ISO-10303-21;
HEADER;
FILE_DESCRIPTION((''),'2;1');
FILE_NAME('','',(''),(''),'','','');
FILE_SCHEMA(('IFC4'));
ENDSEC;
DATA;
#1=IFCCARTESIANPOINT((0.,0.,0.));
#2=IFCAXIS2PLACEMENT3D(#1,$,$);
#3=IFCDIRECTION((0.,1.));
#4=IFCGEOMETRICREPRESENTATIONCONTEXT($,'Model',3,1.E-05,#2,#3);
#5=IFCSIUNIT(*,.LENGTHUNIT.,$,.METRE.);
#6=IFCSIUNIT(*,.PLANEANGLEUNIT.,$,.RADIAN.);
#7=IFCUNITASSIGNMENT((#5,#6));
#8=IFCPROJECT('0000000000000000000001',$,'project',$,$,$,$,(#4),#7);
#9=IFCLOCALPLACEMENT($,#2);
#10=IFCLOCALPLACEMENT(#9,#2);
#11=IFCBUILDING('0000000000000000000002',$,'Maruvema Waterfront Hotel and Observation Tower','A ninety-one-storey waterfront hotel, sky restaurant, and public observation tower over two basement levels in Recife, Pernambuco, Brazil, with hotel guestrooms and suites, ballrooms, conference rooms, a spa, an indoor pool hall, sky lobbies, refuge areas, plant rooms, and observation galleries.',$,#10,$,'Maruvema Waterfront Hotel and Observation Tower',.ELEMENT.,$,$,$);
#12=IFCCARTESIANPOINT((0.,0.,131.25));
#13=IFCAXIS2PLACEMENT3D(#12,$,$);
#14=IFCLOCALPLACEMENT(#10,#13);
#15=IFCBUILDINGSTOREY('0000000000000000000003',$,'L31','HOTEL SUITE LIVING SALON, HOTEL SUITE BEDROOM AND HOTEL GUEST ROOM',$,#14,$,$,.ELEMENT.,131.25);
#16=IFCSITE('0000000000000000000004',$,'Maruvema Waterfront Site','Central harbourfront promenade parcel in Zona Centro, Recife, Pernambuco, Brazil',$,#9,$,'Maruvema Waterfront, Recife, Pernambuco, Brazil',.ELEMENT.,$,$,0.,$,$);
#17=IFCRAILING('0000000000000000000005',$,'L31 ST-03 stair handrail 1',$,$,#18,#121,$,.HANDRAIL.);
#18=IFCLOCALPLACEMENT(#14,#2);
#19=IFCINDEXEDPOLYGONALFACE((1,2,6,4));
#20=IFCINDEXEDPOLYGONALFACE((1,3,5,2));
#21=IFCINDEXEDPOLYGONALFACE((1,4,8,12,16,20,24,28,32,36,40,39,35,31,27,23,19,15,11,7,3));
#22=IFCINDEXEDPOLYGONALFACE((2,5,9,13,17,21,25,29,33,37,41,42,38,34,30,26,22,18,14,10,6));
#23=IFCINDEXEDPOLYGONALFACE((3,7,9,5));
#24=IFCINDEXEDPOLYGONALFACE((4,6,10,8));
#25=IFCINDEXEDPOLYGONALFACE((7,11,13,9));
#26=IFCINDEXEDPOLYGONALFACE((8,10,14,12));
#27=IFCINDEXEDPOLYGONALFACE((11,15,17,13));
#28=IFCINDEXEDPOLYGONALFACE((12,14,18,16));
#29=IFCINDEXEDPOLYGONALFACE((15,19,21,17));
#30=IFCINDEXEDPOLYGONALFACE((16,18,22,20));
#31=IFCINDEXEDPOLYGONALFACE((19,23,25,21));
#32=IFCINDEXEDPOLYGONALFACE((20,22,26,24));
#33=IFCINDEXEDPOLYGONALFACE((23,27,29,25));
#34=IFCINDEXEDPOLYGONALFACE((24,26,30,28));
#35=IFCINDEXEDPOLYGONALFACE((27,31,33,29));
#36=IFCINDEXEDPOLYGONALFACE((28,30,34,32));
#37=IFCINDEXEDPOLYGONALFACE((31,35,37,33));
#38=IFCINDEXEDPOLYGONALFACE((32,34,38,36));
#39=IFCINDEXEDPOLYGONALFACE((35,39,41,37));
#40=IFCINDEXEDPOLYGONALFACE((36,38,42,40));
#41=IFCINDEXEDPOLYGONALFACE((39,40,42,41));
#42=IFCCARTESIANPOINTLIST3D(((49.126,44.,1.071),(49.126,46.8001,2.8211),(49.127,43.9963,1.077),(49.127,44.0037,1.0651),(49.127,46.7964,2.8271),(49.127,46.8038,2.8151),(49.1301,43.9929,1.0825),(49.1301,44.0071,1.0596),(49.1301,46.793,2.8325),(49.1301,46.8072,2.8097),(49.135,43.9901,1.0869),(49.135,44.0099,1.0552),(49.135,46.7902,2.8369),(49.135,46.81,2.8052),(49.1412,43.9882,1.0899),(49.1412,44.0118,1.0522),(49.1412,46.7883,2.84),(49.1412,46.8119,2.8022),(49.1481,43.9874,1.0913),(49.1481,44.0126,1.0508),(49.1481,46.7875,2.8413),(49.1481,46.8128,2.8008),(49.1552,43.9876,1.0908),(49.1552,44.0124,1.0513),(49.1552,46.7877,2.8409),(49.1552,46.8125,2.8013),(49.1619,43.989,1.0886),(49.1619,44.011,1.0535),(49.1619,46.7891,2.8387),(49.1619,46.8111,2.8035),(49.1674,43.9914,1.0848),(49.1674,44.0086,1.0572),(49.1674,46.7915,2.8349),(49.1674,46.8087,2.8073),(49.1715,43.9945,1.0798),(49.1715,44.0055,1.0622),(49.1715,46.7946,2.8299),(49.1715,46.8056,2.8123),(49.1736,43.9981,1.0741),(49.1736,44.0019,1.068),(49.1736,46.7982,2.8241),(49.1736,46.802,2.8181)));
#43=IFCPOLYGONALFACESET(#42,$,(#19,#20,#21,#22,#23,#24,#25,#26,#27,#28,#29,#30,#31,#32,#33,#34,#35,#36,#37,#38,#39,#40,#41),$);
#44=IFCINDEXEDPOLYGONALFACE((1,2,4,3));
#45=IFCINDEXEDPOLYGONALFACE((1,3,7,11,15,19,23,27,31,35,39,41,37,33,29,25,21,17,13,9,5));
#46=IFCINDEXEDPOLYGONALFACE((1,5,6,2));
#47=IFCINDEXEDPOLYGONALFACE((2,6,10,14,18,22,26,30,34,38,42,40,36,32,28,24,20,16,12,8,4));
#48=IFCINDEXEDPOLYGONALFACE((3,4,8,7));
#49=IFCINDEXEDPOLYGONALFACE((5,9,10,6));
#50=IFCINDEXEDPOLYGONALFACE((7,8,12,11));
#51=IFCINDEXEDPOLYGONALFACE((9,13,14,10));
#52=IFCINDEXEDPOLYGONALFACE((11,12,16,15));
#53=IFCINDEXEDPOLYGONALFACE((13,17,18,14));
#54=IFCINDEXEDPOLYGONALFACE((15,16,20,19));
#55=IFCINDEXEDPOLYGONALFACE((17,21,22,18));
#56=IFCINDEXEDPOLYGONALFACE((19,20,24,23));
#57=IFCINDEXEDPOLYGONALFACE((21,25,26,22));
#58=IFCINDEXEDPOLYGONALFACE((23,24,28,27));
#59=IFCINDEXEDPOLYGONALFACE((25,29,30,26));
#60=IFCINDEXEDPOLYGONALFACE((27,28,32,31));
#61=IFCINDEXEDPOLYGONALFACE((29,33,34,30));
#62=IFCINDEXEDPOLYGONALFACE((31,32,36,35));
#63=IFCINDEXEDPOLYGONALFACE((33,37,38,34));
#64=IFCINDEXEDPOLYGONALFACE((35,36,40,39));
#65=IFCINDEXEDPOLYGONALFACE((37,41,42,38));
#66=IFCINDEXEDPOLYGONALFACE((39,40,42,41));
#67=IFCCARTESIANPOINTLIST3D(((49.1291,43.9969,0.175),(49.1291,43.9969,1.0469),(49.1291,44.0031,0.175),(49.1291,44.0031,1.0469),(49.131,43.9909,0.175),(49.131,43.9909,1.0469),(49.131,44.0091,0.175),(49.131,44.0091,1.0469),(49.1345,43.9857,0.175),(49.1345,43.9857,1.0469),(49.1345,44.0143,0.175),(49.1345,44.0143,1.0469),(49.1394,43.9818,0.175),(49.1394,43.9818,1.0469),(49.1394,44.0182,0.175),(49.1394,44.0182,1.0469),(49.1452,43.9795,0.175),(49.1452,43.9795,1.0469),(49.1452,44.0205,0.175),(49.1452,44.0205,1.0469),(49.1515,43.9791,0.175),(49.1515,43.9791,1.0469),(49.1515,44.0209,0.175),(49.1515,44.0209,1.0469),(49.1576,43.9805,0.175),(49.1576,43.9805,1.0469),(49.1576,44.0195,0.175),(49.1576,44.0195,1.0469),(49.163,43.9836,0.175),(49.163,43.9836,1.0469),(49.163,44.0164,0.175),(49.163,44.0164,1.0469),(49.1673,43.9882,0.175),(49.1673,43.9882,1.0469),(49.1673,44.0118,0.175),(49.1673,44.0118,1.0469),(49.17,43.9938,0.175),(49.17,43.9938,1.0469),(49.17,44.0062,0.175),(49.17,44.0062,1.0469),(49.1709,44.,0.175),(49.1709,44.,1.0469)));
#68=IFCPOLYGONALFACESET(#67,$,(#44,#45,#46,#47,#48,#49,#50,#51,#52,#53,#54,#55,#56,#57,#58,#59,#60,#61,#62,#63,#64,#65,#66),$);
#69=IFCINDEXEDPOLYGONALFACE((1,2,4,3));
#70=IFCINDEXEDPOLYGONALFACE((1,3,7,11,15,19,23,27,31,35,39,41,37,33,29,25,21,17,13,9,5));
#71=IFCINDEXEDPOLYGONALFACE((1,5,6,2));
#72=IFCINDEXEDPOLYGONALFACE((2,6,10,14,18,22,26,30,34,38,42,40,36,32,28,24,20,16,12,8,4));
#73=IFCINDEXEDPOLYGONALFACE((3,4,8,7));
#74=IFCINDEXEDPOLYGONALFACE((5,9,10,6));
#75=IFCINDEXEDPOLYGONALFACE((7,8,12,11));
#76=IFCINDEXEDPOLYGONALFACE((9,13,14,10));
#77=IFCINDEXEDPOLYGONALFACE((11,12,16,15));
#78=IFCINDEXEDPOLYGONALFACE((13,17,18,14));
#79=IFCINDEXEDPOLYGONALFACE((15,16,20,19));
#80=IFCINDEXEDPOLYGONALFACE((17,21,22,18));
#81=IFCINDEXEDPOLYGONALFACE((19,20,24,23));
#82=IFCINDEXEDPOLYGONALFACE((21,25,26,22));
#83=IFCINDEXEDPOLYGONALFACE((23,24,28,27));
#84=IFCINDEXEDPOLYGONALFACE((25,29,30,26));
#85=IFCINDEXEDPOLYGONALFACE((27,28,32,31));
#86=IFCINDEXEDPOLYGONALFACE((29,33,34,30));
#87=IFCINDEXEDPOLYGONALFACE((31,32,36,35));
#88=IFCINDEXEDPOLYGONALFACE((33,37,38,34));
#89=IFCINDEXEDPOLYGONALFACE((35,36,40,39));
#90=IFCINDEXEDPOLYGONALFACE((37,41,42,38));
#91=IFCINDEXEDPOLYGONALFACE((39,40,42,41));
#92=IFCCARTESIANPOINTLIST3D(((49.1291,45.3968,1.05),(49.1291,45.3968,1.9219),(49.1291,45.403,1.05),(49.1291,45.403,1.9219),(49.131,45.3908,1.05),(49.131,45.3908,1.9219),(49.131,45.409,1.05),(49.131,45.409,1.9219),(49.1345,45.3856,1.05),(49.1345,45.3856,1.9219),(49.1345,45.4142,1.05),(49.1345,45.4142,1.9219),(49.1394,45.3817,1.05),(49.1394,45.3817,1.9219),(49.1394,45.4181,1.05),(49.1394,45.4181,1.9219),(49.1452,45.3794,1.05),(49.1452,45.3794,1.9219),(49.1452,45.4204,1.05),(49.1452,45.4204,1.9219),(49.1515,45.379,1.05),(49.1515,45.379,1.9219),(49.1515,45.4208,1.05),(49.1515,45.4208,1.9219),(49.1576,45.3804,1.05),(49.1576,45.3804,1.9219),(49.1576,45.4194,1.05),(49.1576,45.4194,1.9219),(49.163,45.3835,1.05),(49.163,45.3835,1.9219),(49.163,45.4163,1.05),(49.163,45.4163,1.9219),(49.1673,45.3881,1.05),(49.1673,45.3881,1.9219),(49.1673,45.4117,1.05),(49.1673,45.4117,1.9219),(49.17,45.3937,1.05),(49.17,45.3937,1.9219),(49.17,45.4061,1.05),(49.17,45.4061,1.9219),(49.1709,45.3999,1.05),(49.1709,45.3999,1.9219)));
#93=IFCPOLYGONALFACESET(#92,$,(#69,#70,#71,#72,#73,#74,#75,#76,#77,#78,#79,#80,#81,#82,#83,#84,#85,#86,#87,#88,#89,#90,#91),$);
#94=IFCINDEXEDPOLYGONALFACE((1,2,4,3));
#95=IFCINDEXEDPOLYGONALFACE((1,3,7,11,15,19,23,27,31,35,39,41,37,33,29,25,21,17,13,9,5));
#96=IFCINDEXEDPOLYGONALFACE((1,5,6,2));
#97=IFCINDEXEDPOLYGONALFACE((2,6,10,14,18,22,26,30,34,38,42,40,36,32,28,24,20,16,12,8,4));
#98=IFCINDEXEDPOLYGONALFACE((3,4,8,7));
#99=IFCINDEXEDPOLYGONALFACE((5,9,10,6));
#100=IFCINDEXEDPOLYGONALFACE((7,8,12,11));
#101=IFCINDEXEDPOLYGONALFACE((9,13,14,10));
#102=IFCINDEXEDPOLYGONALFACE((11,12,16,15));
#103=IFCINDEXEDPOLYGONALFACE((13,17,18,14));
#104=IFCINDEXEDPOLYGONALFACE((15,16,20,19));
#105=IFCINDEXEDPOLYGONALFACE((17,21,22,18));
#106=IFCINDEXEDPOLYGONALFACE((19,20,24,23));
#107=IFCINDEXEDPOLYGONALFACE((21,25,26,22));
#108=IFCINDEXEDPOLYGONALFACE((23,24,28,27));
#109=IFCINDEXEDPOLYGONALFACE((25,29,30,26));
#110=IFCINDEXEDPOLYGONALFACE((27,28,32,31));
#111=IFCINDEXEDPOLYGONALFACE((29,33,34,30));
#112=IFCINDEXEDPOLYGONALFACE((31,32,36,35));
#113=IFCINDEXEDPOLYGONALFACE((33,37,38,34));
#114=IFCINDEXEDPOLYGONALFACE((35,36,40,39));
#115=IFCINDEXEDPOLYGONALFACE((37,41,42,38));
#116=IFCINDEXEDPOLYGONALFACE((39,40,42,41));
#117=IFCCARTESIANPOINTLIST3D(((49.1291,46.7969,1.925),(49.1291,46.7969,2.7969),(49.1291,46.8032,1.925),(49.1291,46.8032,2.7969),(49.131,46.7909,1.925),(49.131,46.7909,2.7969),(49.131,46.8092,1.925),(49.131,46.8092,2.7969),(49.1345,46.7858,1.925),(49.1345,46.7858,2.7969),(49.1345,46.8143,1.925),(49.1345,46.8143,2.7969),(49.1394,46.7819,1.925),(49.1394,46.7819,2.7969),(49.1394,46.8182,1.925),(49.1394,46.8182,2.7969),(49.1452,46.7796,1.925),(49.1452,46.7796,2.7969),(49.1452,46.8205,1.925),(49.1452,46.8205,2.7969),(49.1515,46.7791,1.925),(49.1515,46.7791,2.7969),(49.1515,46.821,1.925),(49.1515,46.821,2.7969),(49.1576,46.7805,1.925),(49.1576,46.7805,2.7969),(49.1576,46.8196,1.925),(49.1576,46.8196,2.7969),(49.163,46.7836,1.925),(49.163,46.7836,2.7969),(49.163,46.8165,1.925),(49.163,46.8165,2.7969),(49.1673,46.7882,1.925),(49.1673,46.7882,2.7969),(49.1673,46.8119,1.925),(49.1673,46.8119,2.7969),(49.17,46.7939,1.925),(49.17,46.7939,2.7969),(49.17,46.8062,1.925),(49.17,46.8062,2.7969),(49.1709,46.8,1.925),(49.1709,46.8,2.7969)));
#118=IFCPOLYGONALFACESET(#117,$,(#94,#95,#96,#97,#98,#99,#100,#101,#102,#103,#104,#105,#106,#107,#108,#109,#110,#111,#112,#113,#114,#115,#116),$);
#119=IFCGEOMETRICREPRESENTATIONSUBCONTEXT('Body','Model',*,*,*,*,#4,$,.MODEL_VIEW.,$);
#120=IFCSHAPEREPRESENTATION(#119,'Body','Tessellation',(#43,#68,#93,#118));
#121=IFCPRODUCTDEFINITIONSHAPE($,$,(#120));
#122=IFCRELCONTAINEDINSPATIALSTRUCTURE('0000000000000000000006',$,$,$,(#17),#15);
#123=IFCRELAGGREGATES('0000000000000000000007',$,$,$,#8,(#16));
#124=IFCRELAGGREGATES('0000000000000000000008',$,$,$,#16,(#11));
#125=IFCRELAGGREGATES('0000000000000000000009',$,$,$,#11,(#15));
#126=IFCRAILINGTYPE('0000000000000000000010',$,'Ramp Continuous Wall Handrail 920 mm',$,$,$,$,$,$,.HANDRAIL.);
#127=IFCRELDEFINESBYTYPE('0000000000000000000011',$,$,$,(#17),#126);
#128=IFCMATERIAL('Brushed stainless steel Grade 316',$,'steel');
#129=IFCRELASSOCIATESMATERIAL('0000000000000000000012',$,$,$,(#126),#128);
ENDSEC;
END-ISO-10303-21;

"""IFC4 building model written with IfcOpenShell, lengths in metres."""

from ifc_helpers import new_model, si_unit, direction, frame, origin, origin_2d, place, context, subcontext, project, spatial, circle, extrude, material, type_object, element, save


model = new_model("IFC4")

# Units and contexts
model_context = context("Model", 3, precision=1e-05, world=origin(), true_north=direction((0.0, 1.0)))
body_context = subcontext(model_context, "Body", "Model", "MODEL_VIEW")
ifc_project = project(units=[si_unit("LENGTHUNIT", "METRE"), si_unit("PLANEANGLEUNIT", "RADIAN")], contexts=[model_context])

# Site, building, storey
site_placement = place(None, origin())
site = spatial("IfcSite", under=ifc_project, at=site_placement, Name="Maruvema Waterfront Site", Description="Central harbourfront promenade parcel in Zona Centro, Recife, Pernambuco, Brazil", LongName="Maruvema Waterfront, Recife, Pernambuco, Brazil", CompositionType="ELEMENT", RefElevation=0.0)
building_placement = place(site_placement, origin())
building = spatial("IfcBuilding", under=site, at=building_placement, Name="Maruvema Waterfront Hotel and Observation Tower", Description="A ninety-one-storey waterfront hotel, sky restaurant, and public observation tower over two basement levels in Recife, Pernambuco, Brazil, with hotel guestrooms and suites, ballrooms, conference rooms, a spa, an indoor pool hall, sky lobbies, refuge areas, plant rooms, and observation galleries.", LongName="Maruvema Waterfront Hotel and Observation Tower", CompositionType="ELEMENT")
storey_placement = place(building_placement, frame((0.0, 0.0, 131.25)))
storey = spatial("IfcBuildingStorey", under=building, at=storey_placement, Name="L31", Description="HOTEL SUITE LIVING SALON, HOTEL SUITE BEDROOM AND HOTEL GUEST ROOM", CompositionType="ELEMENT", Elevation=131.25)

# Railing
ifc_material_1 = material(Name="Brushed stainless steel Grade 316", Category="steel")
railing_type_1 = type_object("IfcRailingType", Name="Ramp Continuous Wall Handrail 920 mm", PredefinedType="HANDRAIL", material=ifc_material_1)
railing_1_placement = place(storey_placement, frame((49.1499, 44.0, 0.175)))
element("IfcRailing", 1, at=railing_1_placement, inside=storey, type_object=railing_type_1, Name="L31 ST-03 stair handrail 1", PredefinedType="HANDRAIL", context=body_context, shape_type="SweptSolid", body=[
    extrude(circle(Radius=0.0239, at=origin_2d()), frame((0.0, 0.0, 0.896), z_axis=(0.0, 0.848002, 0.529992), x_axis=(-1.0, 0.0, 0.0)), (0.0, 0.0, 1.0), 3.302),
    extrude(circle(Radius=0.021, at=origin_2d()), origin(), (0.0, 0.0, 1.0), 0.8718),
    extrude(circle(Radius=0.021, at=origin_2d()), frame((0.0, 1.3999, 0.875)), (0.0, 0.0, 1.0), 0.8718),
    extrude(circle(Radius=0.021, at=origin_2d()), frame((0.0, 2.8, 1.75)), (0.0, 0.0, 1.0), 0.8718),
])

save(model, "model.ifc")
